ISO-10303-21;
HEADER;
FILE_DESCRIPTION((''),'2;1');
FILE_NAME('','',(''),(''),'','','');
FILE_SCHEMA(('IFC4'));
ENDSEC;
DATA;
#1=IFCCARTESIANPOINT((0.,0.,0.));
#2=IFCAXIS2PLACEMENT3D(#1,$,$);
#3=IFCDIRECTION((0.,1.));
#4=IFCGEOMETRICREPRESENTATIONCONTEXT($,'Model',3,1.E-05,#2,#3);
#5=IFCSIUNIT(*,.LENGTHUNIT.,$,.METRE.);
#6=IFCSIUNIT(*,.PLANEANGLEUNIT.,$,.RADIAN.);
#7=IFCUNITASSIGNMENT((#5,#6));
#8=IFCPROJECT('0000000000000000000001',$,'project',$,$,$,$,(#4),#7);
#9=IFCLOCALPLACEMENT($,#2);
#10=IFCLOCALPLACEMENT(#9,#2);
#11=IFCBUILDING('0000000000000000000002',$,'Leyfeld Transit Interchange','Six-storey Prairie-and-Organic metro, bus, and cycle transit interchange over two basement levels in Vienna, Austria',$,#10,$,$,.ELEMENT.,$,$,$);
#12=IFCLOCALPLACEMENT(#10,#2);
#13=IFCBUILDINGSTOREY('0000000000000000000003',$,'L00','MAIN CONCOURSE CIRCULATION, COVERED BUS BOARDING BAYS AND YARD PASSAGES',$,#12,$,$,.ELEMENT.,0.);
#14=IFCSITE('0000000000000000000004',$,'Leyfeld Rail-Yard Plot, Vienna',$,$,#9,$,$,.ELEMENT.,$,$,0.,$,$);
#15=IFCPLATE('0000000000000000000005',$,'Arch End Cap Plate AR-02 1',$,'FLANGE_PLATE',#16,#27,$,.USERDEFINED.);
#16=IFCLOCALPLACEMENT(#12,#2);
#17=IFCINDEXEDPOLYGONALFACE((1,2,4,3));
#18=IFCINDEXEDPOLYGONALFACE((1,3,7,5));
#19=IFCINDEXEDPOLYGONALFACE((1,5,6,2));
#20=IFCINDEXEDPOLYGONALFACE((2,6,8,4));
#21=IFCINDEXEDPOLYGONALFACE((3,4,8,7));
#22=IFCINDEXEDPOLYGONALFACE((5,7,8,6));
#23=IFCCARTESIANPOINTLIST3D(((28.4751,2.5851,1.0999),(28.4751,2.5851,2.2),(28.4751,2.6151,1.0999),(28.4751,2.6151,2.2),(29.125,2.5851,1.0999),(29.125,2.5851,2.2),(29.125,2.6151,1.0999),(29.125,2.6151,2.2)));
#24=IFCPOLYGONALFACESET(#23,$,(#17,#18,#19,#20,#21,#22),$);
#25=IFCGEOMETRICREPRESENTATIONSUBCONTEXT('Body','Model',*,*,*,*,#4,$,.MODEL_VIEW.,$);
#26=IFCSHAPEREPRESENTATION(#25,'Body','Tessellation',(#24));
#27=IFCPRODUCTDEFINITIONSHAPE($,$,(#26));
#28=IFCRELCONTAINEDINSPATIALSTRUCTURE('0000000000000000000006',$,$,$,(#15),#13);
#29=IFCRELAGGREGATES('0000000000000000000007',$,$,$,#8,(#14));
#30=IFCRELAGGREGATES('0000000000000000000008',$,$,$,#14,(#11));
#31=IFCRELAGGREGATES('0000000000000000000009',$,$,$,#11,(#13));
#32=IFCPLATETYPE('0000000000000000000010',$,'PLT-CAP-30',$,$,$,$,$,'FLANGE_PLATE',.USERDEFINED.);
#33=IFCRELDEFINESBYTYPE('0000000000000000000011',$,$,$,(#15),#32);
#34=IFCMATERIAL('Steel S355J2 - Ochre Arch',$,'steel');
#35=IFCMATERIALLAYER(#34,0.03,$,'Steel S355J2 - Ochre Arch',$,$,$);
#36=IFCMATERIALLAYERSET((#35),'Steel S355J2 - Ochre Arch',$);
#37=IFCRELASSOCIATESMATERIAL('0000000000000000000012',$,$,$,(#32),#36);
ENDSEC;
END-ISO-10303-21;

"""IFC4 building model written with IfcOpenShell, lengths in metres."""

from ifc_helpers import new_model, si_unit, direction, frame, origin, origin_2d, place, context, subcontext, project, spatial, rectangle, extrude, material, layer, layer_set, type_object, element, save


model = new_model("IFC4")

# Units and contexts
model_context = context("Model", 3, precision=1e-05, world=origin(), true_north=direction((0.0, 1.0)))
body_context = subcontext(model_context, "Body", "Model", "MODEL_VIEW")
ifc_project = project(units=[si_unit("LENGTHUNIT", "METRE"), si_unit("PLANEANGLEUNIT", "RADIAN")], contexts=[model_context])

# Site, building, storey
site_placement = place(None, origin())
site = spatial("IfcSite", under=ifc_project, at=site_placement, Name="Leyfeld Rail-Yard Plot, Vienna", CompositionType="ELEMENT", RefElevation=0.0)
building_placement = place(site_placement, origin())
building = spatial("IfcBuilding", under=site, at=building_placement, Name="Leyfeld Transit Interchange", Description="Six-storey Prairie-and-Organic metro, bus, and cycle transit interchange over two basement levels in Vienna, Austria", CompositionType="ELEMENT")
storey_placement = place(building_placement, origin())
storey = spatial("IfcBuildingStorey", under=building, at=storey_placement, Name="L00", Description="MAIN CONCOURSE CIRCULATION, COVERED BUS BOARDING BAYS AND YARD PASSAGES", CompositionType="ELEMENT", Elevation=0.0)

# Plate
ifc_material_1 = material(Name="Steel S355J2 - Ochre Arch", Category="steel")
ifc_layer_1 = layer(ifc_material_1, 0.03, Name="Steel S355J2 - Ochre Arch")
ifc_layer_set_1 = layer_set([ifc_layer_1], Name="Steel S355J2 - Ochre Arch")
plate_type_1 = type_object("IfcPlateType", Name="PLT-CAP-30", ElementType="FLANGE_PLATE", PredefinedType="USERDEFINED", material=ifc_layer_set_1)
plate_1_placement = place(storey_placement, frame((28.8, 2.6001, 1.0999), z_axis=(0.0, 0.0, 1.0), x_axis=(1.0, 0.0, 0.0)))
element("IfcPlate", 1, at=plate_1_placement, inside=storey, type_object=plate_type_1, Name="Arch End Cap Plate AR-02 1", ObjectType="FLANGE_PLATE", PredefinedType="USERDEFINED", context=body_context, shape_type="SweptSolid", body=[
    extrude(rectangle(XDim=0.6499, YDim=0.03, at=origin_2d()), origin(), (0.0, 0.0, 1.0), 1.1001),
])

save(model, "model.ifc")
